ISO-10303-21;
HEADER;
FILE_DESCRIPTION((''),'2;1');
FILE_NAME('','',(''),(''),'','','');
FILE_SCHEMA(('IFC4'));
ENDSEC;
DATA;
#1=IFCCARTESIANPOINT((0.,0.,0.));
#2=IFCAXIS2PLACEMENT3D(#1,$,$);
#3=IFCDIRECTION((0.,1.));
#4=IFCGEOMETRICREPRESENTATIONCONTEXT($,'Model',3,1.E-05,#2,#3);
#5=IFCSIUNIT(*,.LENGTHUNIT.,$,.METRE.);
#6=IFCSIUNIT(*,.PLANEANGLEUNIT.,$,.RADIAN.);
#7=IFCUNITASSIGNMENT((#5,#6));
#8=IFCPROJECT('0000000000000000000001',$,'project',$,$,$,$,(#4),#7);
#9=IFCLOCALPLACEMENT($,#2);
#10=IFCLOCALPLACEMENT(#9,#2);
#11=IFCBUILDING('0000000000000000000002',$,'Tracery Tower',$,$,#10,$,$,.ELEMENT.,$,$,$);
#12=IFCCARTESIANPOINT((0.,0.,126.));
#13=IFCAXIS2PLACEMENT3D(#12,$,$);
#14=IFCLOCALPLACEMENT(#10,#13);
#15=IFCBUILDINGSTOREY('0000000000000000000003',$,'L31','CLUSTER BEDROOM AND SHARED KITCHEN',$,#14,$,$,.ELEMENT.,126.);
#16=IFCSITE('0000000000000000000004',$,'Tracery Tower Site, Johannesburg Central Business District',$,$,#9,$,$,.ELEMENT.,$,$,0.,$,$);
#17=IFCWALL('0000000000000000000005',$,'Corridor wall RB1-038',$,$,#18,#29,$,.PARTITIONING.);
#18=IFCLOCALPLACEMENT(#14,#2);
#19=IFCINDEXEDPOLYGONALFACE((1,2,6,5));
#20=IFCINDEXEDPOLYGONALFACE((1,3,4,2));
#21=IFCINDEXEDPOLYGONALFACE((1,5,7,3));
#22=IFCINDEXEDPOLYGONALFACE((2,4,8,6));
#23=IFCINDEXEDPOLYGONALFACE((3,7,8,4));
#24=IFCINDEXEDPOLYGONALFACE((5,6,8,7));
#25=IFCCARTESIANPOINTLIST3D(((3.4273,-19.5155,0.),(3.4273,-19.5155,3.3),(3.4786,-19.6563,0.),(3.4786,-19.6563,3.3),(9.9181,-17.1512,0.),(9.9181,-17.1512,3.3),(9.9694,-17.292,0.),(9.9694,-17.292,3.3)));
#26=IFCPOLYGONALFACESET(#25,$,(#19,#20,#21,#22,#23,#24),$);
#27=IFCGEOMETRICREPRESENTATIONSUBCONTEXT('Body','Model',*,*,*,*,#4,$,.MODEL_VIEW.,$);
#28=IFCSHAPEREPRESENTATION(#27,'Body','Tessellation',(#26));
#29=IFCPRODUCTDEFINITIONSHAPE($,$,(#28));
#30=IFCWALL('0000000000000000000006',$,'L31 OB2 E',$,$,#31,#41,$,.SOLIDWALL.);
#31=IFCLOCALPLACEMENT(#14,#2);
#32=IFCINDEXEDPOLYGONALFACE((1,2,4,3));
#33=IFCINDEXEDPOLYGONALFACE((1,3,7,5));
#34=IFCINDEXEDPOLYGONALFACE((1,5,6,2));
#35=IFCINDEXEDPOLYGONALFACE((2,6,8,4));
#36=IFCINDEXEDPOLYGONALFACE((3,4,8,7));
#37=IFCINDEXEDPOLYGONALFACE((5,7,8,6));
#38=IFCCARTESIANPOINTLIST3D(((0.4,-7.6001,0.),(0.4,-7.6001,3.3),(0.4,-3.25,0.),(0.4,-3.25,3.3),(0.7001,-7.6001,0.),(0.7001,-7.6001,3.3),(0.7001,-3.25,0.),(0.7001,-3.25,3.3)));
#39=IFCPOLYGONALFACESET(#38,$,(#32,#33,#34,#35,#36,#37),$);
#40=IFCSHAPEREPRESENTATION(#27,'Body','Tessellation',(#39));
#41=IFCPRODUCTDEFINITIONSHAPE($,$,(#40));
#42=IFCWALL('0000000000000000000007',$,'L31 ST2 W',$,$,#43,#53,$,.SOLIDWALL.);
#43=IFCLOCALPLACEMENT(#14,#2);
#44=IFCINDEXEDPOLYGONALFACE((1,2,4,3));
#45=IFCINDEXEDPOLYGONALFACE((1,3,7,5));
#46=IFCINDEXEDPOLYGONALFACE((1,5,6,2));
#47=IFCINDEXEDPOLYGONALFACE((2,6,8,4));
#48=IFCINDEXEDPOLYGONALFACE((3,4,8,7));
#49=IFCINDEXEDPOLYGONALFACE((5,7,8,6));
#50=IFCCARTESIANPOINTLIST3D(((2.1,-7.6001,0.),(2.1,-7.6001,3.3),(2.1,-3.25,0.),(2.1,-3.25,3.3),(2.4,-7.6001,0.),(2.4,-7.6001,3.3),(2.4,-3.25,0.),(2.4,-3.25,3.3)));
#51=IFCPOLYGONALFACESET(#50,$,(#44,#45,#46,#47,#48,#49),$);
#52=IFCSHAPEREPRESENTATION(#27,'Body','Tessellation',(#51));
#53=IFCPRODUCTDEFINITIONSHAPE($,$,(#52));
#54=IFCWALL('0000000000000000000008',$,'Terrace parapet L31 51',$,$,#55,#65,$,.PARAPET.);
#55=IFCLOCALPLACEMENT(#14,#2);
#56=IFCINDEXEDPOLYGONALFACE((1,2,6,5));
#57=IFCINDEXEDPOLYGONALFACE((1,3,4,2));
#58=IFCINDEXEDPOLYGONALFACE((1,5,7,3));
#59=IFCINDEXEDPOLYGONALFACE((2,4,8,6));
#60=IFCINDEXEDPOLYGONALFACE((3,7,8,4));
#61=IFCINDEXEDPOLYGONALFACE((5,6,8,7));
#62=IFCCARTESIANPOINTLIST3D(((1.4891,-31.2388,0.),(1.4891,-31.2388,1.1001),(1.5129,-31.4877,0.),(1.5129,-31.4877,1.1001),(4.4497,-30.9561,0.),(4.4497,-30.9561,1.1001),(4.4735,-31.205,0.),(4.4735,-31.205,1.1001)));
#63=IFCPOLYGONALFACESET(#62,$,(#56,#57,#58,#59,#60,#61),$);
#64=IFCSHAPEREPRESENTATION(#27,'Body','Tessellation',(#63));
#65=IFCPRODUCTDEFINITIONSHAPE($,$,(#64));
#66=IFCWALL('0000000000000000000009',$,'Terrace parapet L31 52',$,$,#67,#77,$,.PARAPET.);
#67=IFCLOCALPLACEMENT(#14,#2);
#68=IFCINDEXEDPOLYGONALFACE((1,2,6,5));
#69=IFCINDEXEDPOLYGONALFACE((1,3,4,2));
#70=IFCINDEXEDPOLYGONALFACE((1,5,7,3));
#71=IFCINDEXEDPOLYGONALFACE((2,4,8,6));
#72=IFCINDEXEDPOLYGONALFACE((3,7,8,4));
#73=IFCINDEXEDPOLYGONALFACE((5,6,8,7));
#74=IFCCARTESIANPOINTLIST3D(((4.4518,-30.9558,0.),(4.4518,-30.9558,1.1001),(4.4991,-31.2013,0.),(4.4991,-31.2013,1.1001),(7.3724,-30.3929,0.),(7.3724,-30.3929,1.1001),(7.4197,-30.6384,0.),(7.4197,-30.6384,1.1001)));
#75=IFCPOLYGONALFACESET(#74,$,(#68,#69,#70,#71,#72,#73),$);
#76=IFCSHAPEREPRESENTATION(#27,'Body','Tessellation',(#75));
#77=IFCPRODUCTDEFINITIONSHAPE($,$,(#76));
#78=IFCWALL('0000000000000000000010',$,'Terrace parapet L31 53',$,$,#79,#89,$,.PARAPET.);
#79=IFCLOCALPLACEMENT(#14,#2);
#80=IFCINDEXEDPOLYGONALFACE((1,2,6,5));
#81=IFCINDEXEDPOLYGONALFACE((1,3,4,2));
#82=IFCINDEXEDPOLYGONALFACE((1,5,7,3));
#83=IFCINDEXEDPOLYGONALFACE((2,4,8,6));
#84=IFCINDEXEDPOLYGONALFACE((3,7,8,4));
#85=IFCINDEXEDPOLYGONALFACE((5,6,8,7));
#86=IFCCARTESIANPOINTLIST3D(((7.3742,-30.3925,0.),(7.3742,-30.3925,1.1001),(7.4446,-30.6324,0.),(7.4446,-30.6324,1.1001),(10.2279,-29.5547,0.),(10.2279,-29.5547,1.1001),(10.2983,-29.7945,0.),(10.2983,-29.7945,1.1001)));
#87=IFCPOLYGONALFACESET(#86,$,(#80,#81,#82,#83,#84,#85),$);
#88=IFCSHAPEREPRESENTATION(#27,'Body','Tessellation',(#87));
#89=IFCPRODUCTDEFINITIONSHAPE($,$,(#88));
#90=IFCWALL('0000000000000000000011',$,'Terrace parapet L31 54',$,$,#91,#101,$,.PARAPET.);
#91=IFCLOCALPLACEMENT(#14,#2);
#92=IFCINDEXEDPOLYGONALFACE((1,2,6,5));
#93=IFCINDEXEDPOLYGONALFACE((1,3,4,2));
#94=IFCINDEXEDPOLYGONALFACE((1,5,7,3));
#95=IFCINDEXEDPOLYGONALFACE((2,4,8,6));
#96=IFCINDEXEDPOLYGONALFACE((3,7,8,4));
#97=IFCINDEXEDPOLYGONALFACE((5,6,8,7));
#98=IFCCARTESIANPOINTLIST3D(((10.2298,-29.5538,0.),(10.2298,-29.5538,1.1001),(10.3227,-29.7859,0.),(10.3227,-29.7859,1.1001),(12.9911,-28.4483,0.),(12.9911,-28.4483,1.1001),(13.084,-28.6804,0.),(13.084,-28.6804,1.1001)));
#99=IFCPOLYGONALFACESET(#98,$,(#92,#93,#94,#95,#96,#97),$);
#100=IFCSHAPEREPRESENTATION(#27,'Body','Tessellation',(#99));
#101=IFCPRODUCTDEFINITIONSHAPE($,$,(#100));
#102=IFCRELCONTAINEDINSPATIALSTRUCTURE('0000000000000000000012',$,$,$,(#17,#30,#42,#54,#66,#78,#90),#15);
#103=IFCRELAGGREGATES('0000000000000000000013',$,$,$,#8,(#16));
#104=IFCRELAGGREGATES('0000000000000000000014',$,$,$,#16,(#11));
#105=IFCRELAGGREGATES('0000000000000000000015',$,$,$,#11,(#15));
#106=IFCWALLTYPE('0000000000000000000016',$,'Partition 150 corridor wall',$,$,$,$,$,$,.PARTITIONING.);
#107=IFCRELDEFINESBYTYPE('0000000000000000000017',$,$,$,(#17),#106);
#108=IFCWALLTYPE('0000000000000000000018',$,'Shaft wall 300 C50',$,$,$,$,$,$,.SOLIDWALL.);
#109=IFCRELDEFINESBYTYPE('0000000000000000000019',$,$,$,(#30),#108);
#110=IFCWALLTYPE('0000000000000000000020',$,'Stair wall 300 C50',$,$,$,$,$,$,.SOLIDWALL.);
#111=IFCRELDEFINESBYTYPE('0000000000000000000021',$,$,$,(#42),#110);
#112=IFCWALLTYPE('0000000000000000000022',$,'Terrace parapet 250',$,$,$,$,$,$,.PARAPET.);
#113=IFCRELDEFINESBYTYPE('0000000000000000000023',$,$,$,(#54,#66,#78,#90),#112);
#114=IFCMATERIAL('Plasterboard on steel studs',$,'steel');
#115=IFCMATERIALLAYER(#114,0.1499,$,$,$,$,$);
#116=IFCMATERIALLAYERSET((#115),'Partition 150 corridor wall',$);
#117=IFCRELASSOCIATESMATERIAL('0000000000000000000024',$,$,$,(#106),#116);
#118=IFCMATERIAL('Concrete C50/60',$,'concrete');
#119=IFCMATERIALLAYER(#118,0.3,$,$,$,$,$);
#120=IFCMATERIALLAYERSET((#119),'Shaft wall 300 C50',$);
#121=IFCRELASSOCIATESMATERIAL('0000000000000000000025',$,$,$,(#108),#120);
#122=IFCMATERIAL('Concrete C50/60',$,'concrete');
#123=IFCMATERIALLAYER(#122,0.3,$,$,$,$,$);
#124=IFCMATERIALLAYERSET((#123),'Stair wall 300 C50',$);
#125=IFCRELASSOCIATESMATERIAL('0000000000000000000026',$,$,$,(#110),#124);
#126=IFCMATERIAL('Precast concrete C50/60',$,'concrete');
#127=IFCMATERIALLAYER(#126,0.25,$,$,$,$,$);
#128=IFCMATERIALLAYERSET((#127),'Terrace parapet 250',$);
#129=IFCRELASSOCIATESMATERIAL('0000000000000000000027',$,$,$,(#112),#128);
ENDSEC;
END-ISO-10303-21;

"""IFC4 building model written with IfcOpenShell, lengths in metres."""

from ifc_helpers import new_model, si_unit, direction, frame, frame_2d, origin, place, context, subcontext, project, spatial, rectangle, extrude, material, layer, layer_set, type_object, element, save


model = new_model("IFC4")

# Units and contexts
model_context = context("Model", 3, precision=1e-05, world=origin(), true_north=direction((0.0, 1.0)))
body_context = subcontext(model_context, "Body", "Model", "MODEL_VIEW")
ifc_project = project(units=[si_unit("LENGTHUNIT", "METRE"), si_unit("PLANEANGLEUNIT", "RADIAN")], contexts=[model_context])

# Site, building, storey
site_placement = place(None, origin())
site = spatial("IfcSite", under=ifc_project, at=site_placement, Name="Tracery Tower Site, Johannesburg Central Business District", CompositionType="ELEMENT", RefElevation=0.0)
building_placement = place(site_placement, origin())
building = spatial("IfcBuilding", under=site, at=building_placement, Name="Tracery Tower", CompositionType="ELEMENT")
storey_placement = place(building_placement, frame((0.0, 0.0, 126.0)))
storey = spatial("IfcBuildingStorey", under=building, at=storey_placement, Name="L31", Description="CLUSTER BEDROOM AND SHARED KITCHEN", CompositionType="ELEMENT", Elevation=126.0)

# Shared definitions
ifc_material_1 = material(Name="Plasterboard on steel studs", Category="steel")
ifc_layer_1 = layer(ifc_material_1, 0.1499)
ifc_layer_set_1 = layer_set([ifc_layer_1], Name="Partition 150 corridor wall")
wall_type_1 = type_object("IfcWallType", Name="Partition 150 corridor wall", PredefinedType="PARTITIONING", material=ifc_layer_set_1)

# Walls
wall_1_placement = place(storey_placement, frame((3.4529, -19.5859, 0.0), z_axis=(0.0, 0.0, 1.0), x_axis=(0.939608, 0.342254, 0.0)))
element("IfcWall", 1, at=wall_1_placement, inside=storey, type_object=wall_type_1, Name="Corridor wall RB1-038", PredefinedType="PARTITIONING", context=body_context, shape_type="SweptSolid", body=[
    extrude(rectangle(XDim=6.908, YDim=0.1499, at=frame_2d((3.4541, 0.0))), origin(), (0.0, 0.0, 1.0), 3.3),
])
ifc_material_2 = material(Name="Concrete C50/60", Category="concrete")
ifc_layer_2 = layer(ifc_material_2, 0.3)
ifc_layer_set_2 = layer_set([ifc_layer_2], Name="Shaft wall 300 C50")
wall_type_2 = type_object("IfcWallType", Name="Shaft wall 300 C50", PredefinedType="SOLIDWALL", material=ifc_layer_set_2)
wall_2_placement = place(storey_placement, frame((0.55, -7.6001, 0.0), z_axis=(0.0, 0.0, 1.0), x_axis=(0.0, 1.0, 0.0)))
element("IfcWall", 2, at=wall_2_placement, inside=storey, type_object=wall_type_2, Name="L31 OB2 E", PredefinedType="SOLIDWALL", context=body_context, shape_type="SweptSolid", body=[
    extrude(rectangle(XDim=4.3501, YDim=0.3, at=frame_2d((2.175, 0.0))), origin(), (0.0, 0.0, 1.0), 3.3),
])
ifc_material_3 = material(Name="Concrete C50/60", Category="concrete")
ifc_layer_3 = layer(ifc_material_3, 0.3)
ifc_layer_set_3 = layer_set([ifc_layer_3], Name="Stair wall 300 C50")
wall_type_3 = type_object("IfcWallType", Name="Stair wall 300 C50", PredefinedType="SOLIDWALL", material=ifc_layer_set_3)
wall_3_placement = place(storey_placement, frame((2.25, -7.6001, 0.0), z_axis=(0.0, 0.0, 1.0), x_axis=(0.0, 1.0, 0.0)))
element("IfcWall", 3, at=wall_3_placement, inside=storey, type_object=wall_type_3, Name="L31 ST2 W", PredefinedType="SOLIDWALL", context=body_context, shape_type="SweptSolid", body=[
    extrude(rectangle(XDim=4.3501, YDim=0.3, at=frame_2d((2.175, 0.0))), origin(), (0.0, 0.0, 1.0), 3.3),
])
ifc_material_4 = material(Name="Precast concrete C50/60", Category="concrete")
ifc_layer_4 = layer(ifc_material_4, 0.25)
ifc_layer_set_4 = layer_set([ifc_layer_4], Name="Terrace parapet 250")
wall_type_4 = type_object("IfcWallType", Name="Terrace parapet 250", PredefinedType="PARAPET", material=ifc_layer_set_4)
wall_4_placement = place(storey_placement, frame((1.501, -31.3633, 0.0), z_axis=(0.0, 0.0, 1.0), x_axis=(0.995472, 0.095057, 0.0)))
element("IfcWall", 4, at=wall_4_placement, inside=storey, type_object=wall_type_4, Name="Terrace parapet L31 51", PredefinedType="PARAPET", context=body_context, shape_type="SweptSolid", body=[
    extrude(rectangle(XDim=2.9741, YDim=0.25, at=frame_2d((1.4871, 0.0))), origin(), (0.0, 0.0, 1.0), 1.1001),
])
wall_5_placement = place(storey_placement, frame((4.4753, -31.0786, 0.0), z_axis=(0.0, 0.0, 1.0), x_axis=(0.981924, 0.189277, 0.0)))
element("IfcWall", 5, at=wall_5_placement, inside=storey, type_object=wall_type_4, Name="Terrace parapet L31 52", PredefinedType="PARAPET", context=body_context, shape_type="SweptSolid", body=[
    extrude(rectangle(XDim=2.9744, YDim=0.25, at=frame_2d((1.4873, 0.0))), origin(), (0.0, 0.0, 1.0), 1.1001),
])
wall_6_placement = place(storey_placement, frame((7.4094, -30.5125, 0.0), z_axis=(0.0, 0.0, 1.0), x_axis=(0.959497, 0.281717, 0.0)))
element("IfcWall", 6, at=wall_6_placement, inside=storey, type_object=wall_type_4, Name="Terrace parapet L31 53", PredefinedType="PARAPET", context=body_context, shape_type="SweptSolid", body=[
    extrude(rectangle(XDim=2.9741, YDim=0.25, at=frame_2d((1.4871, 0.0))), origin(), (0.0, 0.0, 1.0), 1.1001),
])
wall_7_placement = place(storey_placement, frame((10.2761, -29.6699, 0.0), z_axis=(0.0, 0.0, 1.0), x_axis=(0.928363, 0.371674, 0.0)))
element("IfcWall", 7, at=wall_7_placement, inside=storey, type_object=wall_type_4, Name="Terrace parapet L31 54", PredefinedType="PARAPET", context=body_context, shape_type="SweptSolid", body=[
    extrude(rectangle(XDim=2.9744, YDim=0.25, at=frame_2d((1.4873, 0.0))), origin(), (0.0, 0.0, 1.0), 1.1001),
])

save(model, "model.ifc")
